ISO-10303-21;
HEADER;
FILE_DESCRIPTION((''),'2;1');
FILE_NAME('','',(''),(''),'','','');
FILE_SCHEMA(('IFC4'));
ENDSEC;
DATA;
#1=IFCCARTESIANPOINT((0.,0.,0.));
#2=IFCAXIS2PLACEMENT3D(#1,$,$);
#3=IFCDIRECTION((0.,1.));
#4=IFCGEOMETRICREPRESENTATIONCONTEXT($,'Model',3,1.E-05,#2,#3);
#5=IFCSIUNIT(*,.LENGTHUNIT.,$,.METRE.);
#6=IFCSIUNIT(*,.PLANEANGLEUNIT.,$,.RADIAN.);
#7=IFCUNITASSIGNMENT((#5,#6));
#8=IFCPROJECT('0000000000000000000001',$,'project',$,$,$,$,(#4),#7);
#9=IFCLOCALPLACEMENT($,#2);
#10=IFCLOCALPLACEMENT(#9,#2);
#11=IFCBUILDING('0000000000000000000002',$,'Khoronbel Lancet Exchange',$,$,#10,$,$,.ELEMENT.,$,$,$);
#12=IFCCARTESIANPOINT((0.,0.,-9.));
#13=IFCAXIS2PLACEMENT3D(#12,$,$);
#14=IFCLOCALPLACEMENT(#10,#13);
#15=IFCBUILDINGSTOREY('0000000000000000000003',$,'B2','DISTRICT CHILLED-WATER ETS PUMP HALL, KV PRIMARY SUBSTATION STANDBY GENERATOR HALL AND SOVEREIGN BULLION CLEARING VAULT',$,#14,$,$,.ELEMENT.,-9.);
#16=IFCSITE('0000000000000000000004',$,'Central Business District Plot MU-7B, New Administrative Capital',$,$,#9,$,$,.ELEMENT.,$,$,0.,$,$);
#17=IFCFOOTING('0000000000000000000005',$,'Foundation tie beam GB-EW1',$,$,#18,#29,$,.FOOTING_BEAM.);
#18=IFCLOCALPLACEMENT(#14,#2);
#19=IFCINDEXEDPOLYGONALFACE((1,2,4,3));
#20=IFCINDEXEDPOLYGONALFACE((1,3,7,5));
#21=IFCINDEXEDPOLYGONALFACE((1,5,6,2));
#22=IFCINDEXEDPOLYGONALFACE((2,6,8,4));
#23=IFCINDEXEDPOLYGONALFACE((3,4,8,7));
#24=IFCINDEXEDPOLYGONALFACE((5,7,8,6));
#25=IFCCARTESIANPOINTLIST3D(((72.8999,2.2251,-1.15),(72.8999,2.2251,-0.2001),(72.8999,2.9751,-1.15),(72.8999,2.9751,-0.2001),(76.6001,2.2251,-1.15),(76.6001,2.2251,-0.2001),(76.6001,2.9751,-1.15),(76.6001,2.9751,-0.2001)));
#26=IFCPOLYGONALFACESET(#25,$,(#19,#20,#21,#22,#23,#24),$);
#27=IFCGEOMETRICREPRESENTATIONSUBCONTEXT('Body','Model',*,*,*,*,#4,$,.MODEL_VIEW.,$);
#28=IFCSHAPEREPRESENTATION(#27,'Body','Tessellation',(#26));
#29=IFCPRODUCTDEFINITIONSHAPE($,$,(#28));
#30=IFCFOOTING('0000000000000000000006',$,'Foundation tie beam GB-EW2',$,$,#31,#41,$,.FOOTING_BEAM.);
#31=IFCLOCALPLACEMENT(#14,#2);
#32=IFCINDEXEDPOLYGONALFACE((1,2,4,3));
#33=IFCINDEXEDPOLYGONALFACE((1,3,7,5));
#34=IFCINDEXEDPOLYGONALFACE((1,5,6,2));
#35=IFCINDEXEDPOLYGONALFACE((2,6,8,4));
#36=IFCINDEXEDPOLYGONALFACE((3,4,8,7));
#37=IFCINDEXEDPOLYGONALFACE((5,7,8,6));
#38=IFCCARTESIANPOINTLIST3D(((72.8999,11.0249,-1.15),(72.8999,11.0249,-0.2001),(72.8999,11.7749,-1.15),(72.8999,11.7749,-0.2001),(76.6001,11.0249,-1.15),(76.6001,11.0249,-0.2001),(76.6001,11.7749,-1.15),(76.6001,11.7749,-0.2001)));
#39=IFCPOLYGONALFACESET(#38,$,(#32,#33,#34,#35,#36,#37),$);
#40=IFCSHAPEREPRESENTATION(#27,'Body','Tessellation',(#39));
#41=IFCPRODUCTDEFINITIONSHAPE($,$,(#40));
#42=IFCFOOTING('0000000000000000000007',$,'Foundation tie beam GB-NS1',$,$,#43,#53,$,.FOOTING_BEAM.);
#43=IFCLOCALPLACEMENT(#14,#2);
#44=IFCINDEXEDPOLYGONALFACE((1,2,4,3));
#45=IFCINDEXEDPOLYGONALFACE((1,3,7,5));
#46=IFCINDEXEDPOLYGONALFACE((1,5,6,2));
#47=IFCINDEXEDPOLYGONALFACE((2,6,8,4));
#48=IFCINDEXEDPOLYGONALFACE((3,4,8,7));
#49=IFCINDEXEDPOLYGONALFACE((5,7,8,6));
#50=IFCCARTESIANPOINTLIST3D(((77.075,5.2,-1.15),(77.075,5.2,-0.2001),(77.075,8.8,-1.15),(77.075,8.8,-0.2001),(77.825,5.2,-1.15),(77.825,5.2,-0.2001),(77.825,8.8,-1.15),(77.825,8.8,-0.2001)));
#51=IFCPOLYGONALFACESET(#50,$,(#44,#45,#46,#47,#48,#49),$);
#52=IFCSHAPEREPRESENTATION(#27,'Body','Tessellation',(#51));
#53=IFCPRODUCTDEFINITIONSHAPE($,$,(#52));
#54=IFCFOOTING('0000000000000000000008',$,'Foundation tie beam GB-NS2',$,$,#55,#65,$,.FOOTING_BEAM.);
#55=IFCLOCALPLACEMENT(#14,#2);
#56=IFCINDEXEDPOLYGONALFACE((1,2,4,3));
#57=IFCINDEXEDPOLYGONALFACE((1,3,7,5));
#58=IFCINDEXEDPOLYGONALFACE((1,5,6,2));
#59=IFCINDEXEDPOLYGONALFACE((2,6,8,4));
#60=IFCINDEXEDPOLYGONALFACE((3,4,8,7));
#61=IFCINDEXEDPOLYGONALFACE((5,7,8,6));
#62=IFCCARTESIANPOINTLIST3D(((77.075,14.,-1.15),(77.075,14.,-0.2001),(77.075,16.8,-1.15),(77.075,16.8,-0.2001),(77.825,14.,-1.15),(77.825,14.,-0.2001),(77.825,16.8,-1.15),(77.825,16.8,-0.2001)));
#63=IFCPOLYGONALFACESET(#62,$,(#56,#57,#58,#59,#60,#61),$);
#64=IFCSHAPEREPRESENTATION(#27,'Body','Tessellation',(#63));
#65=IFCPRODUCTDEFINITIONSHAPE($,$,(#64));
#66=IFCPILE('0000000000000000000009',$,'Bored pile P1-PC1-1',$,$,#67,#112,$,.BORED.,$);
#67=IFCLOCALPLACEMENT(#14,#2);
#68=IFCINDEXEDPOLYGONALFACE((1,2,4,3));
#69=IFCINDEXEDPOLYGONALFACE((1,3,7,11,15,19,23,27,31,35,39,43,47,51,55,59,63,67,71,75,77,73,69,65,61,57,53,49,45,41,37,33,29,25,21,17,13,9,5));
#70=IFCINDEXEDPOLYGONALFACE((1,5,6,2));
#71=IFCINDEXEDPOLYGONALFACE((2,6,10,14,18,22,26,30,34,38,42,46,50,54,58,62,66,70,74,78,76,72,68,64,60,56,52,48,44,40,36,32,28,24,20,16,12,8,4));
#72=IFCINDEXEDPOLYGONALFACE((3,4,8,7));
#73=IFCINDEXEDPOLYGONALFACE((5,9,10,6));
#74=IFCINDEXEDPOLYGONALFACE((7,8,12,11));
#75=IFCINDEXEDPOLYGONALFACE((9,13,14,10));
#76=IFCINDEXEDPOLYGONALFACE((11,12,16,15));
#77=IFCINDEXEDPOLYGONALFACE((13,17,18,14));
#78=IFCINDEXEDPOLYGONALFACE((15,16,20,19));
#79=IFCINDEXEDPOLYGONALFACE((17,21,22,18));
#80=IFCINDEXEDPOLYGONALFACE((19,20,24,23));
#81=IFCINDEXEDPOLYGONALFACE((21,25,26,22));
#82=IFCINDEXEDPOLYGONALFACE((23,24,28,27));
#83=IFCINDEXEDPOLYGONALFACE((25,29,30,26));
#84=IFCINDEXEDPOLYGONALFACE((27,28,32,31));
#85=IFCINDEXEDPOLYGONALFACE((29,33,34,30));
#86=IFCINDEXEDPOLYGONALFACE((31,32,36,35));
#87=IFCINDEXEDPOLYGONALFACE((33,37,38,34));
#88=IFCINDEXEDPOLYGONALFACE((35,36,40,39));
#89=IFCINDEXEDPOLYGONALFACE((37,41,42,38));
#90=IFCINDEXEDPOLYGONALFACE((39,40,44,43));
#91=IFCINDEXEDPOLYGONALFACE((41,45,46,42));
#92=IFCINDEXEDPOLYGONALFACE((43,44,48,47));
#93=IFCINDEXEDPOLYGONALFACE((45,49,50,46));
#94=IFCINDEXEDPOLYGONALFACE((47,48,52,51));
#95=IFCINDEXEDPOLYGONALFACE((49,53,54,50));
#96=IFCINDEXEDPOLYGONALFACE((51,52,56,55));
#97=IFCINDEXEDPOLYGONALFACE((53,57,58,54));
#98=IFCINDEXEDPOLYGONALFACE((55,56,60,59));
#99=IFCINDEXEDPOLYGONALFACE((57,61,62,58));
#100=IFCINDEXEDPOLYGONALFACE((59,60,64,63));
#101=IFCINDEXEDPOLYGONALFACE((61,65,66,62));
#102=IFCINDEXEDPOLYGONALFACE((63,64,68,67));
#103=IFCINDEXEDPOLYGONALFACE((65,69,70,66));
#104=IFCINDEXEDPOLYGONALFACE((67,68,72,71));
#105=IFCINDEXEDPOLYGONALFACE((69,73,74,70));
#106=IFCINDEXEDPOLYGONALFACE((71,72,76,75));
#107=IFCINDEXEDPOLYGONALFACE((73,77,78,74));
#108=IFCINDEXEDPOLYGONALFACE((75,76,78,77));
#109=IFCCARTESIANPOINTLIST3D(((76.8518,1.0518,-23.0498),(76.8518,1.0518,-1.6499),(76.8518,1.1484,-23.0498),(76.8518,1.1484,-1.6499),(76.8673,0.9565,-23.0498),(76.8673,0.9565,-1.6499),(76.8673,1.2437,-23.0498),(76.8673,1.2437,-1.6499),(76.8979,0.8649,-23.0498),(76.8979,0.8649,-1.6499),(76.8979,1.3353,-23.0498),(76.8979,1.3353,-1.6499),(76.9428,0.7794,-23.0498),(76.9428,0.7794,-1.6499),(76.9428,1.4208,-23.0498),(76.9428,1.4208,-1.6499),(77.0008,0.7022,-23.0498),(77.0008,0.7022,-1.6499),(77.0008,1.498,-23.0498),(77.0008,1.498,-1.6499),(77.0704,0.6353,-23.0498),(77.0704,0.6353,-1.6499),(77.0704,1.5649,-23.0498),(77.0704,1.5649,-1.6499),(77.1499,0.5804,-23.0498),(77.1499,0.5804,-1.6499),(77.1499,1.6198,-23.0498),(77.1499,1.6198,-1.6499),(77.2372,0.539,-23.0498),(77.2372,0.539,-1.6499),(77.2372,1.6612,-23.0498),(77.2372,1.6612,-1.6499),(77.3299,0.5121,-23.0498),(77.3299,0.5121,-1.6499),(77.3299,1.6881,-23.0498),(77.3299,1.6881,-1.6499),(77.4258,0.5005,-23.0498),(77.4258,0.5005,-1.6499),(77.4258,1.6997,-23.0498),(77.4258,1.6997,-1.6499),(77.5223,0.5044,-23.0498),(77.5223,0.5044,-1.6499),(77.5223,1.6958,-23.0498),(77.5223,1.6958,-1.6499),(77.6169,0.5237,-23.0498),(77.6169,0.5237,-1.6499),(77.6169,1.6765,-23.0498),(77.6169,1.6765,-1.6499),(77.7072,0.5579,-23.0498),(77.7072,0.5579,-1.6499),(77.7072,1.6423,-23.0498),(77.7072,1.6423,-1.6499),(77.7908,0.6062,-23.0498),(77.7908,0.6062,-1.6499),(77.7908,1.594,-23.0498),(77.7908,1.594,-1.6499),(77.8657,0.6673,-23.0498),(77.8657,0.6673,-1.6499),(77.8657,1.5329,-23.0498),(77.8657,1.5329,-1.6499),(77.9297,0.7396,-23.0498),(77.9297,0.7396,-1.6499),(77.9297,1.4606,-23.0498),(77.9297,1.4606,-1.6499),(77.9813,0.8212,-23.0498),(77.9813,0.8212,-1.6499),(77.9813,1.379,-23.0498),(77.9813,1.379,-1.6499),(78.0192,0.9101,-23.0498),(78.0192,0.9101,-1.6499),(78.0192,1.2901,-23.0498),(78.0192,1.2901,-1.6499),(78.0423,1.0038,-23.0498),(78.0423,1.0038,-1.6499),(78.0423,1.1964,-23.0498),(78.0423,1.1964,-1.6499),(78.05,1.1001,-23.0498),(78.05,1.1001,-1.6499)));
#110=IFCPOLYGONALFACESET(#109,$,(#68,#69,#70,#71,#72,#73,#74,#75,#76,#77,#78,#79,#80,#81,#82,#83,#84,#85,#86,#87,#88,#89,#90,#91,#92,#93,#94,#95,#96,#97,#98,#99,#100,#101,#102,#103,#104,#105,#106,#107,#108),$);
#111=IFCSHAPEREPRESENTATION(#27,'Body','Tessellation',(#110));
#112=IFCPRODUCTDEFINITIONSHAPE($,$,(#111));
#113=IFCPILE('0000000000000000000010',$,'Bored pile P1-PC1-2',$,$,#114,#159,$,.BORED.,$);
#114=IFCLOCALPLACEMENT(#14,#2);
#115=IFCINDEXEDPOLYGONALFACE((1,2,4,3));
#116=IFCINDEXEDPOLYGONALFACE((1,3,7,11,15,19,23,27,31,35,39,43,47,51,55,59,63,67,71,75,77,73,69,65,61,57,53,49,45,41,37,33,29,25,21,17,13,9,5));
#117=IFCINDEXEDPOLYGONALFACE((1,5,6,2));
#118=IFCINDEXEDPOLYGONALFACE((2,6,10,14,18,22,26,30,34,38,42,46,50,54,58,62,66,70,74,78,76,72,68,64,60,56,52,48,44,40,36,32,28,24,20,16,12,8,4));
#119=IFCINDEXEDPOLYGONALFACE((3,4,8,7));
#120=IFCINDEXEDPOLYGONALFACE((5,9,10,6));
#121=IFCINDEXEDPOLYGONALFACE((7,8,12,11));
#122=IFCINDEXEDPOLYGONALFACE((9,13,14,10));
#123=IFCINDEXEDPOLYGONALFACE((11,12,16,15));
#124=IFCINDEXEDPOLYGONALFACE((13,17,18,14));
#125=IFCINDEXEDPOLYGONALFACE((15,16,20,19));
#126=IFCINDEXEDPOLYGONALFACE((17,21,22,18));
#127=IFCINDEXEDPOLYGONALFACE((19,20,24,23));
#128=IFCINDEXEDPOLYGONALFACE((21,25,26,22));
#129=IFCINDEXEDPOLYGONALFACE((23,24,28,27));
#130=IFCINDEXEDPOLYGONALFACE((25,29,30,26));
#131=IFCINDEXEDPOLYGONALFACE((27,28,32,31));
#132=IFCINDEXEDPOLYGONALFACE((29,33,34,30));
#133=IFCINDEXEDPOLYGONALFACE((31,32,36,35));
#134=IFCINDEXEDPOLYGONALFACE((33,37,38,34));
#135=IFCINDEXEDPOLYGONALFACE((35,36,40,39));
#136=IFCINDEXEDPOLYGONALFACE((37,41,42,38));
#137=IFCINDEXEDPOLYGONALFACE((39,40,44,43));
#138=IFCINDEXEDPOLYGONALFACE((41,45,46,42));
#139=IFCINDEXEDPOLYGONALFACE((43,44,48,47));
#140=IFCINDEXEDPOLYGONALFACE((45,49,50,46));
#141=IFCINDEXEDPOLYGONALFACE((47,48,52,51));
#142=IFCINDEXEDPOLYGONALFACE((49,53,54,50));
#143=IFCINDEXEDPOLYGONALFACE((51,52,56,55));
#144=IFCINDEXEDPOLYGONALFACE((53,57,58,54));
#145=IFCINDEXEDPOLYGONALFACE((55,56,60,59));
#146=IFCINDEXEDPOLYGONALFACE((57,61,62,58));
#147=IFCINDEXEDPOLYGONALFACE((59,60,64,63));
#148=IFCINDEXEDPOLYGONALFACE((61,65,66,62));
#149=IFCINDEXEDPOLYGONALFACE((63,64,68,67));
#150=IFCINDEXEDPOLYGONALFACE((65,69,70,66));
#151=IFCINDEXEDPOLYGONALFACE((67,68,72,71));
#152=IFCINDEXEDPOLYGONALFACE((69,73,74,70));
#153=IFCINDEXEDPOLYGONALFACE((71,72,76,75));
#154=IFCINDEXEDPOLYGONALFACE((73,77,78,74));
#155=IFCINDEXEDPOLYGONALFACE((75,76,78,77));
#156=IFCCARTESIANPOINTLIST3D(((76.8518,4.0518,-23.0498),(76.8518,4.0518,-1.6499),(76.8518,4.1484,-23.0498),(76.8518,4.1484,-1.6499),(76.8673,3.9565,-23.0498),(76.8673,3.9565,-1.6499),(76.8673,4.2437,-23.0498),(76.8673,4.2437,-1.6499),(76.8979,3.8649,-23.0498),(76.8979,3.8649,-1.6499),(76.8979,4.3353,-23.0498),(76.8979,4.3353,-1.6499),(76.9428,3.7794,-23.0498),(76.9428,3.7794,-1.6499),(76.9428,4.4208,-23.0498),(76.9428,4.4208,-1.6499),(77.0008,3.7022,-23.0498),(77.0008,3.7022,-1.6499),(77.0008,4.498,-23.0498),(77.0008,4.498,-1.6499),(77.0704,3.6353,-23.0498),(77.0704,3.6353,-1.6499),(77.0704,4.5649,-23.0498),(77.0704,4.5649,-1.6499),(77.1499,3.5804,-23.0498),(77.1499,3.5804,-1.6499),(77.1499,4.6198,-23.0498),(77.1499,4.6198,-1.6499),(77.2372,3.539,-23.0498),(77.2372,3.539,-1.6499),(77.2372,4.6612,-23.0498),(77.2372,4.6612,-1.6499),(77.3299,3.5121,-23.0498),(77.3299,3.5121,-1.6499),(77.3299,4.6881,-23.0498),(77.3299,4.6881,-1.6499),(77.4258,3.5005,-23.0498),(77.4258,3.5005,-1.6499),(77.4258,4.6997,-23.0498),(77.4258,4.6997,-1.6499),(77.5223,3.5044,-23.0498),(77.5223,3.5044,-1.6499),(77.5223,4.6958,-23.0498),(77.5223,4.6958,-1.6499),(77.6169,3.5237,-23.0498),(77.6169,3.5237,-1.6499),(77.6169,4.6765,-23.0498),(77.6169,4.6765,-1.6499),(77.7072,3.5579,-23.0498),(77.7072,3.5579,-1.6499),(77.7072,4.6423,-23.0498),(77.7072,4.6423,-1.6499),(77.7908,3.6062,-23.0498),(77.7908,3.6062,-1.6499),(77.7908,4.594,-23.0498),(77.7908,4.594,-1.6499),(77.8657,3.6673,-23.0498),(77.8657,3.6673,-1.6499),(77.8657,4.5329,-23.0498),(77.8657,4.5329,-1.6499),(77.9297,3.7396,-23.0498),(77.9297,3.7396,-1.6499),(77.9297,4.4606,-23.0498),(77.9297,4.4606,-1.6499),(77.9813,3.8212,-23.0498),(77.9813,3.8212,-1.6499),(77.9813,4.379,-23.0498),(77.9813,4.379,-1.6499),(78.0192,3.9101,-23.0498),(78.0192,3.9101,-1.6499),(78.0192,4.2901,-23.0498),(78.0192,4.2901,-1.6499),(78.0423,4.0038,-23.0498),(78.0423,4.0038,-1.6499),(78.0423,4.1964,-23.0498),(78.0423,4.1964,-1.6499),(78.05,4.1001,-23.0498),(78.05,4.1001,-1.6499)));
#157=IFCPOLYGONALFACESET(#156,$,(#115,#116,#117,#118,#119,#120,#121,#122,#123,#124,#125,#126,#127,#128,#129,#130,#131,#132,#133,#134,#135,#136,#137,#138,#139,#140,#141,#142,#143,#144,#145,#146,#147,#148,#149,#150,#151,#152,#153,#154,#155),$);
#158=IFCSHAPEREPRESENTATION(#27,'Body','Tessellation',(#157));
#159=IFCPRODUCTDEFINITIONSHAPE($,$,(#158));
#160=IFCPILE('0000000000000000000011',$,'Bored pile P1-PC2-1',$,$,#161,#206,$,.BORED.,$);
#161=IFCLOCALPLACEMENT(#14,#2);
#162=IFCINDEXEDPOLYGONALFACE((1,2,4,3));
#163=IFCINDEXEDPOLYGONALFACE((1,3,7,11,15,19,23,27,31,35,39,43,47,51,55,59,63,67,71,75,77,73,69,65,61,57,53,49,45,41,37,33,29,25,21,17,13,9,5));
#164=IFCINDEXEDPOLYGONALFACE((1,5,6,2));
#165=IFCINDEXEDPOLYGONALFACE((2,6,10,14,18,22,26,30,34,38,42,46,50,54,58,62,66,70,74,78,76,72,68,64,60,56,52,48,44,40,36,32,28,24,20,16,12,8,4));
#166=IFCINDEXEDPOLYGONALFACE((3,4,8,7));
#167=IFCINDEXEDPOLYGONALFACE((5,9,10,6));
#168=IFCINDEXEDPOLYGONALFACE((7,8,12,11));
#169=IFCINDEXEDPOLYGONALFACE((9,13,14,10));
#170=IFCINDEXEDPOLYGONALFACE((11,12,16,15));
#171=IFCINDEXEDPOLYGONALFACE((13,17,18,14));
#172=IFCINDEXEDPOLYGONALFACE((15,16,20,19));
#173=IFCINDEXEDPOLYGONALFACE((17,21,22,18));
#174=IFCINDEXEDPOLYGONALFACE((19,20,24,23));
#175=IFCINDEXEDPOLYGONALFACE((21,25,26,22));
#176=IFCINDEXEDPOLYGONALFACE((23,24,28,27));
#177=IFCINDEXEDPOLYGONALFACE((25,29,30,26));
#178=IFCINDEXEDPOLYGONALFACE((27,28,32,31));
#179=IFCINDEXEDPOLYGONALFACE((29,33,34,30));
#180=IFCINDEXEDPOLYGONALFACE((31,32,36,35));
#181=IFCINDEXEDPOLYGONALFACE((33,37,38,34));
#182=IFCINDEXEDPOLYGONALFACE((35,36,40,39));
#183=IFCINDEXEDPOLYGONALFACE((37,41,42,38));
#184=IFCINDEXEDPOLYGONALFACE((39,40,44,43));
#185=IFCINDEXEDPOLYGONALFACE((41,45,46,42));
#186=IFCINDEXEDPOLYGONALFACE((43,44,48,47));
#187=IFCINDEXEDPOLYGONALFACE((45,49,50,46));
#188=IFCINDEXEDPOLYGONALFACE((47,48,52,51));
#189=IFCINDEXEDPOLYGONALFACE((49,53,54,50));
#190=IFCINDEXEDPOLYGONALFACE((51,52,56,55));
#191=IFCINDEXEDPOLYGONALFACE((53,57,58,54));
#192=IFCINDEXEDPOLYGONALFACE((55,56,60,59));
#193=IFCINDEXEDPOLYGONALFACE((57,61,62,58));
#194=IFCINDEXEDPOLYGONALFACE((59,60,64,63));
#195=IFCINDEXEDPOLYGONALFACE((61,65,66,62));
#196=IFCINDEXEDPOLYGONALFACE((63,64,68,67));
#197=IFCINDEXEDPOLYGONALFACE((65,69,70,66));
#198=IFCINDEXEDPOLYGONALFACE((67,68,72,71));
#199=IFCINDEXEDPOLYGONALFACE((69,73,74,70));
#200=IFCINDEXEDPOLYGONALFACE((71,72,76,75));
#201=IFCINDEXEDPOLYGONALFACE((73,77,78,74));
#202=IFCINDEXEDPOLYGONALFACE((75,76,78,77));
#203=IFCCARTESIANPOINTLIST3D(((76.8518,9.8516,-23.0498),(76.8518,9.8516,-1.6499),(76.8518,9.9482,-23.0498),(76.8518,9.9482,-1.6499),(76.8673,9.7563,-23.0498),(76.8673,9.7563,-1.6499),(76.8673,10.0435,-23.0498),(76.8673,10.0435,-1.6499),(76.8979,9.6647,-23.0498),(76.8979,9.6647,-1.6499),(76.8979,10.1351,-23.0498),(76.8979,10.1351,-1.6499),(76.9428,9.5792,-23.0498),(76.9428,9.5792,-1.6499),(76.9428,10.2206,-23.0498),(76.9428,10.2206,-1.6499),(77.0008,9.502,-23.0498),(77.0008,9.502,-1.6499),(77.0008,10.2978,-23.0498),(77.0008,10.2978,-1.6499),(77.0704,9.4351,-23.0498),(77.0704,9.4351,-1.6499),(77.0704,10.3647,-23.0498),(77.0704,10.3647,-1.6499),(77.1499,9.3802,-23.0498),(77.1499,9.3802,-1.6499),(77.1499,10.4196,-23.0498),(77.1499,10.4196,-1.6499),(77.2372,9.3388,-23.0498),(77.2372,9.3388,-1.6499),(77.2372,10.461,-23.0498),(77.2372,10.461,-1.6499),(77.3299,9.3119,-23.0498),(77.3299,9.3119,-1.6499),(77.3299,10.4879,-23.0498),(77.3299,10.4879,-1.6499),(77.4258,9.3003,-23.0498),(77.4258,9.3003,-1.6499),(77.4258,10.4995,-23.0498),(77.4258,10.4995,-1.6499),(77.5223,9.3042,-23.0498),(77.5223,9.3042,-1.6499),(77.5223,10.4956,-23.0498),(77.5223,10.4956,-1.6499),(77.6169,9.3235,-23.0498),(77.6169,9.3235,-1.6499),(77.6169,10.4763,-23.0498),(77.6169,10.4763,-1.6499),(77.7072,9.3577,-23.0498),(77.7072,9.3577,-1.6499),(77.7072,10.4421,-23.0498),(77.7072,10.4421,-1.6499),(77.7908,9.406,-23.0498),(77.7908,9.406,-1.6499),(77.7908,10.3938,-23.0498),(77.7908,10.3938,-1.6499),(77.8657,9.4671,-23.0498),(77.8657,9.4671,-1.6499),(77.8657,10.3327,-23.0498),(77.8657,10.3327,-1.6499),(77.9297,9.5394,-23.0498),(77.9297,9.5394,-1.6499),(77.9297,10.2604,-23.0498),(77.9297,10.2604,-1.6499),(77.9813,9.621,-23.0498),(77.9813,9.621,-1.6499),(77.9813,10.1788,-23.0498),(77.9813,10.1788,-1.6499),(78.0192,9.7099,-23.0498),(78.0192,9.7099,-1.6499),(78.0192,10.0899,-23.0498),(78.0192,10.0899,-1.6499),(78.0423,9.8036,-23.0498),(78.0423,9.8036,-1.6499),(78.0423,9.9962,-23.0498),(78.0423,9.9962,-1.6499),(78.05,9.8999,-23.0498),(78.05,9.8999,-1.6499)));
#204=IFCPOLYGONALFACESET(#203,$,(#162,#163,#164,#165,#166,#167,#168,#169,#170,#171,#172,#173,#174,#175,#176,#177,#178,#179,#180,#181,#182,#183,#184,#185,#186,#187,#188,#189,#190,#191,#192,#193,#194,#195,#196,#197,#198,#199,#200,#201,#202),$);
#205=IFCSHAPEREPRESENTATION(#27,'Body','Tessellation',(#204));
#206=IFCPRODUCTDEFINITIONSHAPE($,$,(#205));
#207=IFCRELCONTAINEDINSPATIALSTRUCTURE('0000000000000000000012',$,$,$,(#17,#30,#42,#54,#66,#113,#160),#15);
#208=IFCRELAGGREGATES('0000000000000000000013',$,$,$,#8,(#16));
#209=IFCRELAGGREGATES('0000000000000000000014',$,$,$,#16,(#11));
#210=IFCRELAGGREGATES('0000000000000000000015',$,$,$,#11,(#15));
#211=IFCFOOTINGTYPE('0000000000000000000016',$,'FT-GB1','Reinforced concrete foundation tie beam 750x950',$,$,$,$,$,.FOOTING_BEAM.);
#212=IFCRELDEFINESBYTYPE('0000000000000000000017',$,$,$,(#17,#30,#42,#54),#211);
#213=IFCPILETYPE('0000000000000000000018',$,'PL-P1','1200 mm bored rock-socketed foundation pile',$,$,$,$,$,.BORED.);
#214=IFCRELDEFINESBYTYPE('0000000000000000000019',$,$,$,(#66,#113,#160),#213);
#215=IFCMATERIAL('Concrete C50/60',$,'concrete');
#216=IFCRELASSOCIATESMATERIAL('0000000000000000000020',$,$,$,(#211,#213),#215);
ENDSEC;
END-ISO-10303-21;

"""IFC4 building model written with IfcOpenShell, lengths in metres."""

from ifc_helpers import new_model, si_unit, direction, frame, origin, origin_2d, place, context, subcontext, project, spatial, rectangle, circle, extrude, material, material_profile, profile_set, type_object, element, save


model = new_model("IFC4")

# Units and contexts
model_context = context("Model", 3, precision=1e-05, world=origin(), true_north=direction((0.0, 1.0)))
body_context = subcontext(model_context, "Body", "Model", "MODEL_VIEW")
ifc_project = project(units=[si_unit("LENGTHUNIT", "METRE"), si_unit("PLANEANGLEUNIT", "RADIAN")], contexts=[model_context])

# Site, building, storey
site_placement = place(None, origin())
site = spatial("IfcSite", under=ifc_project, at=site_placement, Name="Central Business District Plot MU-7B, New Administrative Capital", CompositionType="ELEMENT", RefElevation=0.0)
building_placement = place(site_placement, origin())
building = spatial("IfcBuilding", under=site, at=building_placement, Name="Khoronbel Lancet Exchange", CompositionType="ELEMENT")
storey_placement = place(building_placement, frame((0.0, 0.0, -9.0)))
storey = spatial("IfcBuildingStorey", under=building, at=storey_placement, Name="B2", Description="DISTRICT CHILLED-WATER ETS PUMP HALL, KV PRIMARY SUBSTATION STANDBY GENERATOR HALL AND SOVEREIGN BULLION CLEARING VAULT", CompositionType="ELEMENT", Elevation=-9.0)

# Footings
ifc_material_1 = material(Name="Concrete C50/60", Category="concrete")
ifc_material_profile_1 = material_profile(ifc_material_1, rectangle(XDim=0.75, YDim=0.95, at=origin_2d()), Name="RC 750x950")
ifc_profile_set_1 = profile_set([ifc_material_profile_1], Name="Concrete C50/60")
footing_type = type_object("IfcFootingType", Name="FT-GB1", Description="Reinforced concrete foundation tie beam 750x950", PredefinedType="FOOTING_BEAM", material=ifc_profile_set_1)
for number, where, z_axis, x_axis, name in (
    (1, (72.8999, 2.6001, -0.675), (1.0, 0.0, 0.0), (0.0, 1.0, 0.0), "Foundation tie beam GB-EW1"),
    (2, (72.8999, 11.3999, -0.675), (1.0, 0.0, 0.0), (0.0, 1.0, 0.0), "Foundation tie beam GB-EW2"),
):
    element("IfcFooting", number, at=place(storey_placement, frame(where, z_axis=z_axis, x_axis=x_axis)), inside=storey, type_object=footing_type, Name=name, PredefinedType="FOOTING_BEAM", context=body_context, shape_type="SweptSolid", body=[
        extrude(rectangle(XDim=0.75, YDim=0.95, at=origin_2d()), origin(), (0.0, 0.0, 1.0), 3.7002),
    ])
footing_1_placement = place(storey_placement, frame((77.45, 5.2, -0.675), z_axis=(0.0, 1.0, 0.0), x_axis=(-1.0, 0.0, 0.0)))
element("IfcFooting", 3, at=footing_1_placement, inside=storey, type_object=footing_type, Name="Foundation tie beam GB-NS1", PredefinedType="FOOTING_BEAM", context=body_context, shape_type="SweptSolid", body=[
    extrude(rectangle(XDim=0.75, YDim=0.95, at=origin_2d()), origin(), (0.0, 0.0, 1.0), 3.6001),
])
footing_2_placement = place(storey_placement, frame((77.45, 14.0, -0.675), z_axis=(0.0, 1.0, 0.0), x_axis=(-1.0, 0.0, 0.0)))
element("IfcFooting", 4, at=footing_2_placement, inside=storey, type_object=footing_type, Name="Foundation tie beam GB-NS2", PredefinedType="FOOTING_BEAM", context=body_context, shape_type="SweptSolid", body=[
    extrude(rectangle(XDim=0.75, YDim=0.95, at=origin_2d()), origin(), (0.0, 0.0, 1.0), 2.8),
])

# Piles
ifc_material_profile_2 = material_profile(ifc_material_1, circle(Radius=0.6001, at=origin_2d()), Name="BORED PILE D1200")
ifc_profile_set_2 = profile_set([ifc_material_profile_2], Name="Concrete C50/60")
pile_type_1 = type_object("IfcPileType", Name="PL-P1", Description="1200 mm bored rock-socketed foundation pile", PredefinedType="BORED", material=ifc_profile_set_2)
for number, where, z_axis, x_axis, name in (
    (5, (77.45, 1.1001, -1.6499), (0.0, 0.0, -1.0), (1.0, 0.0, 0.0), "Bored pile P1-PC1-1"),
    (6, (77.45, 4.1001, -1.6499), (0.0, 0.0, -1.0), (1.0, 0.0, 0.0), "Bored pile P1-PC1-2"),
    (7, (77.45, 9.8999, -1.6499), (0.0, 0.0, -1.0), (1.0, 0.0, 0.0), "Bored pile P1-PC2-1"),
):
    element("IfcPile", number, at=place(storey_placement, frame(where, z_axis=z_axis, x_axis=x_axis)), inside=storey, type_object=pile_type_1, Name=name, PredefinedType="BORED", context=body_context, shape_type="SweptSolid", body=[
        extrude(circle(Radius=0.6001, at=origin_2d()), origin(), (0.0, 0.0, 1.0), 21.3999),
    ])

save(model, "model.ifc")
